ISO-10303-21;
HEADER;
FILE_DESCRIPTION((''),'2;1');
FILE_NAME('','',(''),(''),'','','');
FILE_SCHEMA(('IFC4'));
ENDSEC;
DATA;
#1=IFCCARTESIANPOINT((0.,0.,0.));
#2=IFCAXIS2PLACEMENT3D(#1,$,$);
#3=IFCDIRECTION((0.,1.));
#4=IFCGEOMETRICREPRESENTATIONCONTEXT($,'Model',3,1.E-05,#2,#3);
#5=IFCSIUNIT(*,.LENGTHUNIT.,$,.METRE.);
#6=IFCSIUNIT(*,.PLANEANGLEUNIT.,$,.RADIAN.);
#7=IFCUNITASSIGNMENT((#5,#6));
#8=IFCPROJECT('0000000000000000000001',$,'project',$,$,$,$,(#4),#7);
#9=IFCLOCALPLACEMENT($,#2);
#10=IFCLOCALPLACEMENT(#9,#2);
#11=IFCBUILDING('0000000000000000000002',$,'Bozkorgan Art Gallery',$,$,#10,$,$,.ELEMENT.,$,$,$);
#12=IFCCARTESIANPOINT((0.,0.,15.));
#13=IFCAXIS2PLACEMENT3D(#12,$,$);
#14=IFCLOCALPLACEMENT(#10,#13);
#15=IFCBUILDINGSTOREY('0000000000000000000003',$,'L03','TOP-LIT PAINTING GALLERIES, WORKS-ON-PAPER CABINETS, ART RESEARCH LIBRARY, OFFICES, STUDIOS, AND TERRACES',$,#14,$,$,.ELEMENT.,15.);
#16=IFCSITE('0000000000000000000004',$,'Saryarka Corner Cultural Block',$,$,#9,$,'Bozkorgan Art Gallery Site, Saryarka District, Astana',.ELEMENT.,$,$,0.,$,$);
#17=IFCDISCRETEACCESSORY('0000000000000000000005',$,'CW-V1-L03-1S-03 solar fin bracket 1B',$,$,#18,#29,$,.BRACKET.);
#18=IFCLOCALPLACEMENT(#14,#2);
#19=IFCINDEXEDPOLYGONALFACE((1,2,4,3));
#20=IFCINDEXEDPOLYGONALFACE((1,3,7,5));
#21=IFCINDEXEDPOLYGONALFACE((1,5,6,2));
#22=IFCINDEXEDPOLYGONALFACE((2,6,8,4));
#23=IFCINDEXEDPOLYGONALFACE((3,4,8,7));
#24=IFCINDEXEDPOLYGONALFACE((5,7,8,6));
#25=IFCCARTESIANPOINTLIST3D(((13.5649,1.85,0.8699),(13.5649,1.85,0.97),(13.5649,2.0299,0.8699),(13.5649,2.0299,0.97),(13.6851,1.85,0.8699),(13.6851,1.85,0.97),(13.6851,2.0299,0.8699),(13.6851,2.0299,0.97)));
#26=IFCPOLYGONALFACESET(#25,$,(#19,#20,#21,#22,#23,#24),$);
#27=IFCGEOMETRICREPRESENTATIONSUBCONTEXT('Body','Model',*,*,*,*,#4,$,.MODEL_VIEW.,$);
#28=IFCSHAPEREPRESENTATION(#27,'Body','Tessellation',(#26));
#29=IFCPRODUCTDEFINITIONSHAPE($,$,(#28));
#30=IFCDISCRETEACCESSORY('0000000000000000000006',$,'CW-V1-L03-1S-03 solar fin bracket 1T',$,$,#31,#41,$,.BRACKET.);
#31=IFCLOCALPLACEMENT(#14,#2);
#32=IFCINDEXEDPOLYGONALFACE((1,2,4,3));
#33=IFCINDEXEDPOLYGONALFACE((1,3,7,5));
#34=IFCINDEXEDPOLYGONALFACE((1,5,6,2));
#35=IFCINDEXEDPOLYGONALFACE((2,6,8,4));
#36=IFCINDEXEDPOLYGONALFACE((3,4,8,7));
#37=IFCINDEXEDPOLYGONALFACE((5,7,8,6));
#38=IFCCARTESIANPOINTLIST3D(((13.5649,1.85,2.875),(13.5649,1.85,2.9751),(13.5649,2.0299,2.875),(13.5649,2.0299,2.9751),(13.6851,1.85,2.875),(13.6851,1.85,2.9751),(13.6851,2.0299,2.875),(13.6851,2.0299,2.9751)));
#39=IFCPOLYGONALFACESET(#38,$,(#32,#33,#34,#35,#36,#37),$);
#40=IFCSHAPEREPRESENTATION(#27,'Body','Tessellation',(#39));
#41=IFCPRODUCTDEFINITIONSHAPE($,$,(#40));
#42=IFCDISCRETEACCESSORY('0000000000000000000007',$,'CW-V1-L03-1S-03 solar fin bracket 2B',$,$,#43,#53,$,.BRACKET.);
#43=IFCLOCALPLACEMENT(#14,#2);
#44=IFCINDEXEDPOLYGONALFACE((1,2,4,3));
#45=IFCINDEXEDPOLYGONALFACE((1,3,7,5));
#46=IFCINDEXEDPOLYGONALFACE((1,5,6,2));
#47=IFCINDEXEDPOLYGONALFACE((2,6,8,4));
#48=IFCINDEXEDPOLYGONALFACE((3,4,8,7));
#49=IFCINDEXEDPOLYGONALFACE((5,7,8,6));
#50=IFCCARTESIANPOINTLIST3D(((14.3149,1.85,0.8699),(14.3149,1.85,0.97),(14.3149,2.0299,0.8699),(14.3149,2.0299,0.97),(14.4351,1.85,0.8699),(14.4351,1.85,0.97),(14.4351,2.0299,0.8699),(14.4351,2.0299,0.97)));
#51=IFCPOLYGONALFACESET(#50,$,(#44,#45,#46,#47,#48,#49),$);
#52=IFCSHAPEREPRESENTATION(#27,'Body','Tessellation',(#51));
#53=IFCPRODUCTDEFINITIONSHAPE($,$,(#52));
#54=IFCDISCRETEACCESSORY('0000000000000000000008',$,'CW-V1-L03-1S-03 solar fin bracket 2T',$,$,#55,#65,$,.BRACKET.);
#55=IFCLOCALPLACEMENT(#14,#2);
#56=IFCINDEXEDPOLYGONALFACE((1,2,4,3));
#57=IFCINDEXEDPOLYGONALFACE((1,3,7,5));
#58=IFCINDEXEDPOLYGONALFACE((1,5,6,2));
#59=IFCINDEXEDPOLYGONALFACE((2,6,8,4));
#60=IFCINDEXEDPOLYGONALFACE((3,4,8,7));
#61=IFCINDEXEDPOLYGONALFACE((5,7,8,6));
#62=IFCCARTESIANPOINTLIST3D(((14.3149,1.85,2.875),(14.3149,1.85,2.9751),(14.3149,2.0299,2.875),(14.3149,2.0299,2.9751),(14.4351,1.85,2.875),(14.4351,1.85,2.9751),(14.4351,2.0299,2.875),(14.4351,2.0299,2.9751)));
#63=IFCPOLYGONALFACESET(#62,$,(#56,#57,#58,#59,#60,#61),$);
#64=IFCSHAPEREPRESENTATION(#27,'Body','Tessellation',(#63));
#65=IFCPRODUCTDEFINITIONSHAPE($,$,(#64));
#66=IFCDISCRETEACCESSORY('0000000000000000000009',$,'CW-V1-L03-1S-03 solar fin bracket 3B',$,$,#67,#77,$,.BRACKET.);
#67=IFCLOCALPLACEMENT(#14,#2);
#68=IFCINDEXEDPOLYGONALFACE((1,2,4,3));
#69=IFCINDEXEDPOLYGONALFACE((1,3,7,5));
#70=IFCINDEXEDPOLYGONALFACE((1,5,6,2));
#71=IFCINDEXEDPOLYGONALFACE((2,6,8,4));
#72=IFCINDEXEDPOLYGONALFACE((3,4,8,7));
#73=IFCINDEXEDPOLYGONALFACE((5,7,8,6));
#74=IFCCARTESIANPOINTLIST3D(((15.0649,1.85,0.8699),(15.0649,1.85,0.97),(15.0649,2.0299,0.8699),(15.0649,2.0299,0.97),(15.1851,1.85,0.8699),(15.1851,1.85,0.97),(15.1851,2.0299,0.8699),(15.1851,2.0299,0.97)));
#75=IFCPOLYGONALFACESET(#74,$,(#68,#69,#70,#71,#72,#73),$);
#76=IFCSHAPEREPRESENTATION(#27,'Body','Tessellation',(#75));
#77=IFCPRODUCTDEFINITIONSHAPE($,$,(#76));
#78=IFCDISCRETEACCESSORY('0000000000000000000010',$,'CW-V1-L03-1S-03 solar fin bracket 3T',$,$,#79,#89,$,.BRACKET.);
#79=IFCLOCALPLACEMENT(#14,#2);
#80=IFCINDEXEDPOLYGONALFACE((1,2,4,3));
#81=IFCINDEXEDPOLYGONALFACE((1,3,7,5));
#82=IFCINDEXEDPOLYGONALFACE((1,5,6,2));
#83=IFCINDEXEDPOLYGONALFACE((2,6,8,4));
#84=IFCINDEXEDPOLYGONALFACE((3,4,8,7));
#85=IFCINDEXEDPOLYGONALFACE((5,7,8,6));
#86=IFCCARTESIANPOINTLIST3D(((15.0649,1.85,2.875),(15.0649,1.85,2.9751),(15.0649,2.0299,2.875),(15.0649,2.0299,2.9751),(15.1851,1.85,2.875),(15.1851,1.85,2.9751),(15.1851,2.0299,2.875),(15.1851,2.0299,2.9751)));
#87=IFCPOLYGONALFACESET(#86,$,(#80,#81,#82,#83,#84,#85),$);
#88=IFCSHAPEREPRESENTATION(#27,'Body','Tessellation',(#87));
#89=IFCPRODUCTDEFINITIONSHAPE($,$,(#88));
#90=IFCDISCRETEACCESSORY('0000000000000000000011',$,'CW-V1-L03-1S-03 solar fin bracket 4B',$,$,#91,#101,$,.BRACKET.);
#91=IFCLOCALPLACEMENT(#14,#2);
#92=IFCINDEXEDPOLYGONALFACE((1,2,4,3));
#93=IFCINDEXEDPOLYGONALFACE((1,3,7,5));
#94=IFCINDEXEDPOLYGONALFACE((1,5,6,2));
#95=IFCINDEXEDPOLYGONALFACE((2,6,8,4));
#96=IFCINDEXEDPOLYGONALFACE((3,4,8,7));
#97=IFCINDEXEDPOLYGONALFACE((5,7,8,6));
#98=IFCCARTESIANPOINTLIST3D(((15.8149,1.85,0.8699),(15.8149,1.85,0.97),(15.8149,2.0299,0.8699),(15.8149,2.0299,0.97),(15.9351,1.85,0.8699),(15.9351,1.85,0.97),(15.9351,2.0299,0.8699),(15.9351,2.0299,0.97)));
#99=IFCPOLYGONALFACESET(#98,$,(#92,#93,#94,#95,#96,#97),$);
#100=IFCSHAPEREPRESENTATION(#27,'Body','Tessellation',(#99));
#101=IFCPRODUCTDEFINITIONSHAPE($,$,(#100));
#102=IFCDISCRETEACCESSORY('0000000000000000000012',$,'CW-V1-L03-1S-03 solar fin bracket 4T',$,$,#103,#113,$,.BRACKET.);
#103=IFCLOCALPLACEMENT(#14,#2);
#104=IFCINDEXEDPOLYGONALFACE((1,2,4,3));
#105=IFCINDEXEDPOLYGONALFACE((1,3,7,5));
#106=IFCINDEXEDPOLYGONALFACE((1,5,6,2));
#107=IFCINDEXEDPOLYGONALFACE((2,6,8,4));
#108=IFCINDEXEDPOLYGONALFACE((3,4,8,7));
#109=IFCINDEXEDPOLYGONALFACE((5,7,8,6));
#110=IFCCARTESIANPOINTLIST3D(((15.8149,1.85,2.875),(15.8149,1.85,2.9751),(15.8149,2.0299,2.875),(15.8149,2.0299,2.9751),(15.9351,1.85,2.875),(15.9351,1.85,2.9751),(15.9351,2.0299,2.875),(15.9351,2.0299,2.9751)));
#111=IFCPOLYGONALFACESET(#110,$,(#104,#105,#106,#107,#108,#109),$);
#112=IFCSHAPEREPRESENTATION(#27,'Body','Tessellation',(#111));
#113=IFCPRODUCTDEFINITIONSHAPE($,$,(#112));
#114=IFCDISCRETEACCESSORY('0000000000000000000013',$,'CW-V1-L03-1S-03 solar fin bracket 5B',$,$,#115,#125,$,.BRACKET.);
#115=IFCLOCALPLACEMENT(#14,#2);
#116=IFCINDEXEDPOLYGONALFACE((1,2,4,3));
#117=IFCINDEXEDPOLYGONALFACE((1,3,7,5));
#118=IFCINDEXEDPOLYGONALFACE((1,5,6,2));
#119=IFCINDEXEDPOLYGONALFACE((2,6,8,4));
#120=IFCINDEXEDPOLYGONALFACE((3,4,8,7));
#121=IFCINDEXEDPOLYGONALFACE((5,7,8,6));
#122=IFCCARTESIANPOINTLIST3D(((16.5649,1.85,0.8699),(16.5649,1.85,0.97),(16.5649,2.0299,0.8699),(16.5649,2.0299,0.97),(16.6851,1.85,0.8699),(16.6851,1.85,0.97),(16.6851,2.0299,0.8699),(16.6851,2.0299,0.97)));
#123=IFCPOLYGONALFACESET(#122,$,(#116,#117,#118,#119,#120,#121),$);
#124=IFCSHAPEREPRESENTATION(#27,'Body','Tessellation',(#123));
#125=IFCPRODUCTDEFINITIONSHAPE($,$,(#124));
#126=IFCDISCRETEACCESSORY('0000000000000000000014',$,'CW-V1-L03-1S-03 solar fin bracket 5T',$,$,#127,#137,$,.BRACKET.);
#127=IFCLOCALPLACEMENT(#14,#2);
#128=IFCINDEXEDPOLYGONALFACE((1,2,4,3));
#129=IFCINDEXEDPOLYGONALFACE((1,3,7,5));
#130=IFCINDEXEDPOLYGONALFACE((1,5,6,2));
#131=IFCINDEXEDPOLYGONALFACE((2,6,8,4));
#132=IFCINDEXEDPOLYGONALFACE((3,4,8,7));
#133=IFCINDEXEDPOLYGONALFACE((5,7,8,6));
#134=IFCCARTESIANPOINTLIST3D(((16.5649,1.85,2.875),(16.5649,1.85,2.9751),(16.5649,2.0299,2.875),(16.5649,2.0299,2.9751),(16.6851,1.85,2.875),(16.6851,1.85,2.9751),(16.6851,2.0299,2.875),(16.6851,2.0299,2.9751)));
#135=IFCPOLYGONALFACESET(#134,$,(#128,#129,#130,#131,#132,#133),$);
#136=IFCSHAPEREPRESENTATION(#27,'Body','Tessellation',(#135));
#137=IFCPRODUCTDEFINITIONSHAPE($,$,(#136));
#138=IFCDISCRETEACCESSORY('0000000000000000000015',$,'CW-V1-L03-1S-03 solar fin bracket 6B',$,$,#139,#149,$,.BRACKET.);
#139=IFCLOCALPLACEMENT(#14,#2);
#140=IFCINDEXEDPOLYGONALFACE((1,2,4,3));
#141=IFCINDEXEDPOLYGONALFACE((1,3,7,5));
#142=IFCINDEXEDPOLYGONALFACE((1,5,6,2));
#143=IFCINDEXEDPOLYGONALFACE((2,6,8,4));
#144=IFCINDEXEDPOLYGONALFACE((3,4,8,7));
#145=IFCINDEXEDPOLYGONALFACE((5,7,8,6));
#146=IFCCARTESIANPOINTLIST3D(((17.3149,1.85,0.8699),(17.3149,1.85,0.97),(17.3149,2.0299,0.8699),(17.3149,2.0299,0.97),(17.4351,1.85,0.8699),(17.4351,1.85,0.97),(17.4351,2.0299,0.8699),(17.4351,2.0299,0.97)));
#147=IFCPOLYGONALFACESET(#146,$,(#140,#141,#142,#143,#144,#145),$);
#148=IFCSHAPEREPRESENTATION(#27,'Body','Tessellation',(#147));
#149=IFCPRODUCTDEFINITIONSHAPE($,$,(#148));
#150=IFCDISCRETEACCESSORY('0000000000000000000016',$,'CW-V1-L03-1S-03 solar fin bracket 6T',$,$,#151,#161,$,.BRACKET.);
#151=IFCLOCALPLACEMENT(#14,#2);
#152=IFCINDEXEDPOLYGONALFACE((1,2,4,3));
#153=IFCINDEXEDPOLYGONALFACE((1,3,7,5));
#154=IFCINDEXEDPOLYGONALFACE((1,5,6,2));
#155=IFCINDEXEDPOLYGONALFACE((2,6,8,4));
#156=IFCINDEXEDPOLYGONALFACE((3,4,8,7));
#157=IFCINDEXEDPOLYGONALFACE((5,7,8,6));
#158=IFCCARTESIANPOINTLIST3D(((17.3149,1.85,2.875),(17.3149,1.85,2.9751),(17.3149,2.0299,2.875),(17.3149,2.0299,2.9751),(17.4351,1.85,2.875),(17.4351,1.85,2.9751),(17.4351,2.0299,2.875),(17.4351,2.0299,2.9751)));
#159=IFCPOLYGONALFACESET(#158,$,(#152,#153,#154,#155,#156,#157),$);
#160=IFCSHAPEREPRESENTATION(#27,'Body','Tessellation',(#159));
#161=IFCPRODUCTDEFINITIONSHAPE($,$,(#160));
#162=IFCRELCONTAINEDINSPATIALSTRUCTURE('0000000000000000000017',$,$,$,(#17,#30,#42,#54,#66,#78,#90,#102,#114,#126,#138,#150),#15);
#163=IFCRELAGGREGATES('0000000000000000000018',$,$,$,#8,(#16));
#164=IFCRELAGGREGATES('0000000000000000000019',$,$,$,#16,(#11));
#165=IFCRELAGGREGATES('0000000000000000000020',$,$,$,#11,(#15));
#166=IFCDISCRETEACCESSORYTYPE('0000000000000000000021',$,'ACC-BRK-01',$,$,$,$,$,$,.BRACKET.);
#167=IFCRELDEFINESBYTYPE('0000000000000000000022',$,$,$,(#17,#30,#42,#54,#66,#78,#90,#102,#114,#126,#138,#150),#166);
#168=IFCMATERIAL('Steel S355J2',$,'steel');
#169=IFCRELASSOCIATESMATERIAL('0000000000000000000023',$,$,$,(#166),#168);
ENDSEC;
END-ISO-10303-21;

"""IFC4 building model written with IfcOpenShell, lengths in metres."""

from ifc_helpers import new_model, si_unit, direction, frame, origin, origin_2d, place, context, subcontext, project, spatial, rectangle, extrude, material, type_object, element, save


model = new_model("IFC4")

# Units and contexts
model_context = context("Model", 3, precision=1e-05, world=origin(), true_north=direction((0.0, 1.0)))
body_context = subcontext(model_context, "Body", "Model", "MODEL_VIEW")
ifc_project = project(units=[si_unit("LENGTHUNIT", "METRE"), si_unit("PLANEANGLEUNIT", "RADIAN")], contexts=[model_context])

# Site, building, storey
site_placement = place(None, origin())
site = spatial("IfcSite", under=ifc_project, at=site_placement, Name="Saryarka Corner Cultural Block", LongName="Bozkorgan Art Gallery Site, Saryarka District, Astana", CompositionType="ELEMENT", RefElevation=0.0)
building_placement = place(site_placement, origin())
building = spatial("IfcBuilding", under=site, at=building_placement, Name="Bozkorgan Art Gallery", CompositionType="ELEMENT")
storey_placement = place(building_placement, frame((0.0, 0.0, 15.0)))
storey = spatial("IfcBuildingStorey", under=building, at=storey_placement, Name="L03", Description="TOP-LIT PAINTING GALLERIES, WORKS-ON-PAPER CABINETS, ART RESEARCH LIBRARY, OFFICES, STUDIOS, AND TERRACES", CompositionType="ELEMENT", Elevation=15.0)

# Discrete accessories
ifc_material_1 = material(Name="Steel S355J2", Category="steel")
discrete_accessory_type = type_object("IfcDiscreteAccessoryType", Name="ACC-BRK-01", PredefinedType="BRACKET", material=ifc_material_1)
for number, where, z_axis, x_axis, name in (
    (1, (13.625, 1.9399, 0.8699), (0.0, 0.0, 1.0), (0.0, -1.0, 0.0), "CW-V1-L03-1S-03 solar fin bracket 1B"),
    (2, (13.625, 1.9399, 2.875), (0.0, 0.0, 1.0), (0.0, -1.0, 0.0), "CW-V1-L03-1S-03 solar fin bracket 1T"),
    (3, (14.375, 1.9399, 0.8699), (0.0, 0.0, 1.0), (0.0, -1.0, 0.0), "CW-V1-L03-1S-03 solar fin bracket 2B"),
    (4, (14.375, 1.9399, 2.875), (0.0, 0.0, 1.0), (0.0, -1.0, 0.0), "CW-V1-L03-1S-03 solar fin bracket 2T"),
    (5, (15.125, 1.9399, 0.8699), (0.0, 0.0, 1.0), (0.0, -1.0, 0.0), "CW-V1-L03-1S-03 solar fin bracket 3B"),
    (6, (15.125, 1.9399, 2.875), (0.0, 0.0, 1.0), (0.0, -1.0, 0.0), "CW-V1-L03-1S-03 solar fin bracket 3T"),
    (7, (15.875, 1.9399, 0.8699), (0.0, 0.0, 1.0), (0.0, -1.0, 0.0), "CW-V1-L03-1S-03 solar fin bracket 4B"),
    (8, (15.875, 1.9399, 2.875), (0.0, 0.0, 1.0), (0.0, -1.0, 0.0), "CW-V1-L03-1S-03 solar fin bracket 4T"),
    (9, (16.625, 1.9399, 0.8699), (0.0, 0.0, 1.0), (0.0, -1.0, 0.0), "CW-V1-L03-1S-03 solar fin bracket 5B"),
    (10, (16.625, 1.9399, 2.875), (0.0, 0.0, 1.0), (0.0, -1.0, 0.0), "CW-V1-L03-1S-03 solar fin bracket 5T"),
    (11, (17.375, 1.9399, 0.8699), (0.0, 0.0, 1.0), (0.0, -1.0, 0.0), "CW-V1-L03-1S-03 solar fin bracket 6B"),
    (12, (17.375, 1.9399, 2.875), (0.0, 0.0, 1.0), (0.0, -1.0, 0.0), "CW-V1-L03-1S-03 solar fin bracket 6T"),
):
    element("IfcDiscreteAccessory", number, at=place(storey_placement, frame(where, z_axis=z_axis, x_axis=x_axis)), inside=storey, type_object=discrete_accessory_type, Name=name, PredefinedType="BRACKET", context=body_context, shape_type="SweptSolid", body=[
        extrude(rectangle(XDim=0.1799, YDim=0.1201, at=origin_2d()), origin(), (0.0, 0.0, 1.0), 0.1001),
    ])

save(model, "model.ifc")
